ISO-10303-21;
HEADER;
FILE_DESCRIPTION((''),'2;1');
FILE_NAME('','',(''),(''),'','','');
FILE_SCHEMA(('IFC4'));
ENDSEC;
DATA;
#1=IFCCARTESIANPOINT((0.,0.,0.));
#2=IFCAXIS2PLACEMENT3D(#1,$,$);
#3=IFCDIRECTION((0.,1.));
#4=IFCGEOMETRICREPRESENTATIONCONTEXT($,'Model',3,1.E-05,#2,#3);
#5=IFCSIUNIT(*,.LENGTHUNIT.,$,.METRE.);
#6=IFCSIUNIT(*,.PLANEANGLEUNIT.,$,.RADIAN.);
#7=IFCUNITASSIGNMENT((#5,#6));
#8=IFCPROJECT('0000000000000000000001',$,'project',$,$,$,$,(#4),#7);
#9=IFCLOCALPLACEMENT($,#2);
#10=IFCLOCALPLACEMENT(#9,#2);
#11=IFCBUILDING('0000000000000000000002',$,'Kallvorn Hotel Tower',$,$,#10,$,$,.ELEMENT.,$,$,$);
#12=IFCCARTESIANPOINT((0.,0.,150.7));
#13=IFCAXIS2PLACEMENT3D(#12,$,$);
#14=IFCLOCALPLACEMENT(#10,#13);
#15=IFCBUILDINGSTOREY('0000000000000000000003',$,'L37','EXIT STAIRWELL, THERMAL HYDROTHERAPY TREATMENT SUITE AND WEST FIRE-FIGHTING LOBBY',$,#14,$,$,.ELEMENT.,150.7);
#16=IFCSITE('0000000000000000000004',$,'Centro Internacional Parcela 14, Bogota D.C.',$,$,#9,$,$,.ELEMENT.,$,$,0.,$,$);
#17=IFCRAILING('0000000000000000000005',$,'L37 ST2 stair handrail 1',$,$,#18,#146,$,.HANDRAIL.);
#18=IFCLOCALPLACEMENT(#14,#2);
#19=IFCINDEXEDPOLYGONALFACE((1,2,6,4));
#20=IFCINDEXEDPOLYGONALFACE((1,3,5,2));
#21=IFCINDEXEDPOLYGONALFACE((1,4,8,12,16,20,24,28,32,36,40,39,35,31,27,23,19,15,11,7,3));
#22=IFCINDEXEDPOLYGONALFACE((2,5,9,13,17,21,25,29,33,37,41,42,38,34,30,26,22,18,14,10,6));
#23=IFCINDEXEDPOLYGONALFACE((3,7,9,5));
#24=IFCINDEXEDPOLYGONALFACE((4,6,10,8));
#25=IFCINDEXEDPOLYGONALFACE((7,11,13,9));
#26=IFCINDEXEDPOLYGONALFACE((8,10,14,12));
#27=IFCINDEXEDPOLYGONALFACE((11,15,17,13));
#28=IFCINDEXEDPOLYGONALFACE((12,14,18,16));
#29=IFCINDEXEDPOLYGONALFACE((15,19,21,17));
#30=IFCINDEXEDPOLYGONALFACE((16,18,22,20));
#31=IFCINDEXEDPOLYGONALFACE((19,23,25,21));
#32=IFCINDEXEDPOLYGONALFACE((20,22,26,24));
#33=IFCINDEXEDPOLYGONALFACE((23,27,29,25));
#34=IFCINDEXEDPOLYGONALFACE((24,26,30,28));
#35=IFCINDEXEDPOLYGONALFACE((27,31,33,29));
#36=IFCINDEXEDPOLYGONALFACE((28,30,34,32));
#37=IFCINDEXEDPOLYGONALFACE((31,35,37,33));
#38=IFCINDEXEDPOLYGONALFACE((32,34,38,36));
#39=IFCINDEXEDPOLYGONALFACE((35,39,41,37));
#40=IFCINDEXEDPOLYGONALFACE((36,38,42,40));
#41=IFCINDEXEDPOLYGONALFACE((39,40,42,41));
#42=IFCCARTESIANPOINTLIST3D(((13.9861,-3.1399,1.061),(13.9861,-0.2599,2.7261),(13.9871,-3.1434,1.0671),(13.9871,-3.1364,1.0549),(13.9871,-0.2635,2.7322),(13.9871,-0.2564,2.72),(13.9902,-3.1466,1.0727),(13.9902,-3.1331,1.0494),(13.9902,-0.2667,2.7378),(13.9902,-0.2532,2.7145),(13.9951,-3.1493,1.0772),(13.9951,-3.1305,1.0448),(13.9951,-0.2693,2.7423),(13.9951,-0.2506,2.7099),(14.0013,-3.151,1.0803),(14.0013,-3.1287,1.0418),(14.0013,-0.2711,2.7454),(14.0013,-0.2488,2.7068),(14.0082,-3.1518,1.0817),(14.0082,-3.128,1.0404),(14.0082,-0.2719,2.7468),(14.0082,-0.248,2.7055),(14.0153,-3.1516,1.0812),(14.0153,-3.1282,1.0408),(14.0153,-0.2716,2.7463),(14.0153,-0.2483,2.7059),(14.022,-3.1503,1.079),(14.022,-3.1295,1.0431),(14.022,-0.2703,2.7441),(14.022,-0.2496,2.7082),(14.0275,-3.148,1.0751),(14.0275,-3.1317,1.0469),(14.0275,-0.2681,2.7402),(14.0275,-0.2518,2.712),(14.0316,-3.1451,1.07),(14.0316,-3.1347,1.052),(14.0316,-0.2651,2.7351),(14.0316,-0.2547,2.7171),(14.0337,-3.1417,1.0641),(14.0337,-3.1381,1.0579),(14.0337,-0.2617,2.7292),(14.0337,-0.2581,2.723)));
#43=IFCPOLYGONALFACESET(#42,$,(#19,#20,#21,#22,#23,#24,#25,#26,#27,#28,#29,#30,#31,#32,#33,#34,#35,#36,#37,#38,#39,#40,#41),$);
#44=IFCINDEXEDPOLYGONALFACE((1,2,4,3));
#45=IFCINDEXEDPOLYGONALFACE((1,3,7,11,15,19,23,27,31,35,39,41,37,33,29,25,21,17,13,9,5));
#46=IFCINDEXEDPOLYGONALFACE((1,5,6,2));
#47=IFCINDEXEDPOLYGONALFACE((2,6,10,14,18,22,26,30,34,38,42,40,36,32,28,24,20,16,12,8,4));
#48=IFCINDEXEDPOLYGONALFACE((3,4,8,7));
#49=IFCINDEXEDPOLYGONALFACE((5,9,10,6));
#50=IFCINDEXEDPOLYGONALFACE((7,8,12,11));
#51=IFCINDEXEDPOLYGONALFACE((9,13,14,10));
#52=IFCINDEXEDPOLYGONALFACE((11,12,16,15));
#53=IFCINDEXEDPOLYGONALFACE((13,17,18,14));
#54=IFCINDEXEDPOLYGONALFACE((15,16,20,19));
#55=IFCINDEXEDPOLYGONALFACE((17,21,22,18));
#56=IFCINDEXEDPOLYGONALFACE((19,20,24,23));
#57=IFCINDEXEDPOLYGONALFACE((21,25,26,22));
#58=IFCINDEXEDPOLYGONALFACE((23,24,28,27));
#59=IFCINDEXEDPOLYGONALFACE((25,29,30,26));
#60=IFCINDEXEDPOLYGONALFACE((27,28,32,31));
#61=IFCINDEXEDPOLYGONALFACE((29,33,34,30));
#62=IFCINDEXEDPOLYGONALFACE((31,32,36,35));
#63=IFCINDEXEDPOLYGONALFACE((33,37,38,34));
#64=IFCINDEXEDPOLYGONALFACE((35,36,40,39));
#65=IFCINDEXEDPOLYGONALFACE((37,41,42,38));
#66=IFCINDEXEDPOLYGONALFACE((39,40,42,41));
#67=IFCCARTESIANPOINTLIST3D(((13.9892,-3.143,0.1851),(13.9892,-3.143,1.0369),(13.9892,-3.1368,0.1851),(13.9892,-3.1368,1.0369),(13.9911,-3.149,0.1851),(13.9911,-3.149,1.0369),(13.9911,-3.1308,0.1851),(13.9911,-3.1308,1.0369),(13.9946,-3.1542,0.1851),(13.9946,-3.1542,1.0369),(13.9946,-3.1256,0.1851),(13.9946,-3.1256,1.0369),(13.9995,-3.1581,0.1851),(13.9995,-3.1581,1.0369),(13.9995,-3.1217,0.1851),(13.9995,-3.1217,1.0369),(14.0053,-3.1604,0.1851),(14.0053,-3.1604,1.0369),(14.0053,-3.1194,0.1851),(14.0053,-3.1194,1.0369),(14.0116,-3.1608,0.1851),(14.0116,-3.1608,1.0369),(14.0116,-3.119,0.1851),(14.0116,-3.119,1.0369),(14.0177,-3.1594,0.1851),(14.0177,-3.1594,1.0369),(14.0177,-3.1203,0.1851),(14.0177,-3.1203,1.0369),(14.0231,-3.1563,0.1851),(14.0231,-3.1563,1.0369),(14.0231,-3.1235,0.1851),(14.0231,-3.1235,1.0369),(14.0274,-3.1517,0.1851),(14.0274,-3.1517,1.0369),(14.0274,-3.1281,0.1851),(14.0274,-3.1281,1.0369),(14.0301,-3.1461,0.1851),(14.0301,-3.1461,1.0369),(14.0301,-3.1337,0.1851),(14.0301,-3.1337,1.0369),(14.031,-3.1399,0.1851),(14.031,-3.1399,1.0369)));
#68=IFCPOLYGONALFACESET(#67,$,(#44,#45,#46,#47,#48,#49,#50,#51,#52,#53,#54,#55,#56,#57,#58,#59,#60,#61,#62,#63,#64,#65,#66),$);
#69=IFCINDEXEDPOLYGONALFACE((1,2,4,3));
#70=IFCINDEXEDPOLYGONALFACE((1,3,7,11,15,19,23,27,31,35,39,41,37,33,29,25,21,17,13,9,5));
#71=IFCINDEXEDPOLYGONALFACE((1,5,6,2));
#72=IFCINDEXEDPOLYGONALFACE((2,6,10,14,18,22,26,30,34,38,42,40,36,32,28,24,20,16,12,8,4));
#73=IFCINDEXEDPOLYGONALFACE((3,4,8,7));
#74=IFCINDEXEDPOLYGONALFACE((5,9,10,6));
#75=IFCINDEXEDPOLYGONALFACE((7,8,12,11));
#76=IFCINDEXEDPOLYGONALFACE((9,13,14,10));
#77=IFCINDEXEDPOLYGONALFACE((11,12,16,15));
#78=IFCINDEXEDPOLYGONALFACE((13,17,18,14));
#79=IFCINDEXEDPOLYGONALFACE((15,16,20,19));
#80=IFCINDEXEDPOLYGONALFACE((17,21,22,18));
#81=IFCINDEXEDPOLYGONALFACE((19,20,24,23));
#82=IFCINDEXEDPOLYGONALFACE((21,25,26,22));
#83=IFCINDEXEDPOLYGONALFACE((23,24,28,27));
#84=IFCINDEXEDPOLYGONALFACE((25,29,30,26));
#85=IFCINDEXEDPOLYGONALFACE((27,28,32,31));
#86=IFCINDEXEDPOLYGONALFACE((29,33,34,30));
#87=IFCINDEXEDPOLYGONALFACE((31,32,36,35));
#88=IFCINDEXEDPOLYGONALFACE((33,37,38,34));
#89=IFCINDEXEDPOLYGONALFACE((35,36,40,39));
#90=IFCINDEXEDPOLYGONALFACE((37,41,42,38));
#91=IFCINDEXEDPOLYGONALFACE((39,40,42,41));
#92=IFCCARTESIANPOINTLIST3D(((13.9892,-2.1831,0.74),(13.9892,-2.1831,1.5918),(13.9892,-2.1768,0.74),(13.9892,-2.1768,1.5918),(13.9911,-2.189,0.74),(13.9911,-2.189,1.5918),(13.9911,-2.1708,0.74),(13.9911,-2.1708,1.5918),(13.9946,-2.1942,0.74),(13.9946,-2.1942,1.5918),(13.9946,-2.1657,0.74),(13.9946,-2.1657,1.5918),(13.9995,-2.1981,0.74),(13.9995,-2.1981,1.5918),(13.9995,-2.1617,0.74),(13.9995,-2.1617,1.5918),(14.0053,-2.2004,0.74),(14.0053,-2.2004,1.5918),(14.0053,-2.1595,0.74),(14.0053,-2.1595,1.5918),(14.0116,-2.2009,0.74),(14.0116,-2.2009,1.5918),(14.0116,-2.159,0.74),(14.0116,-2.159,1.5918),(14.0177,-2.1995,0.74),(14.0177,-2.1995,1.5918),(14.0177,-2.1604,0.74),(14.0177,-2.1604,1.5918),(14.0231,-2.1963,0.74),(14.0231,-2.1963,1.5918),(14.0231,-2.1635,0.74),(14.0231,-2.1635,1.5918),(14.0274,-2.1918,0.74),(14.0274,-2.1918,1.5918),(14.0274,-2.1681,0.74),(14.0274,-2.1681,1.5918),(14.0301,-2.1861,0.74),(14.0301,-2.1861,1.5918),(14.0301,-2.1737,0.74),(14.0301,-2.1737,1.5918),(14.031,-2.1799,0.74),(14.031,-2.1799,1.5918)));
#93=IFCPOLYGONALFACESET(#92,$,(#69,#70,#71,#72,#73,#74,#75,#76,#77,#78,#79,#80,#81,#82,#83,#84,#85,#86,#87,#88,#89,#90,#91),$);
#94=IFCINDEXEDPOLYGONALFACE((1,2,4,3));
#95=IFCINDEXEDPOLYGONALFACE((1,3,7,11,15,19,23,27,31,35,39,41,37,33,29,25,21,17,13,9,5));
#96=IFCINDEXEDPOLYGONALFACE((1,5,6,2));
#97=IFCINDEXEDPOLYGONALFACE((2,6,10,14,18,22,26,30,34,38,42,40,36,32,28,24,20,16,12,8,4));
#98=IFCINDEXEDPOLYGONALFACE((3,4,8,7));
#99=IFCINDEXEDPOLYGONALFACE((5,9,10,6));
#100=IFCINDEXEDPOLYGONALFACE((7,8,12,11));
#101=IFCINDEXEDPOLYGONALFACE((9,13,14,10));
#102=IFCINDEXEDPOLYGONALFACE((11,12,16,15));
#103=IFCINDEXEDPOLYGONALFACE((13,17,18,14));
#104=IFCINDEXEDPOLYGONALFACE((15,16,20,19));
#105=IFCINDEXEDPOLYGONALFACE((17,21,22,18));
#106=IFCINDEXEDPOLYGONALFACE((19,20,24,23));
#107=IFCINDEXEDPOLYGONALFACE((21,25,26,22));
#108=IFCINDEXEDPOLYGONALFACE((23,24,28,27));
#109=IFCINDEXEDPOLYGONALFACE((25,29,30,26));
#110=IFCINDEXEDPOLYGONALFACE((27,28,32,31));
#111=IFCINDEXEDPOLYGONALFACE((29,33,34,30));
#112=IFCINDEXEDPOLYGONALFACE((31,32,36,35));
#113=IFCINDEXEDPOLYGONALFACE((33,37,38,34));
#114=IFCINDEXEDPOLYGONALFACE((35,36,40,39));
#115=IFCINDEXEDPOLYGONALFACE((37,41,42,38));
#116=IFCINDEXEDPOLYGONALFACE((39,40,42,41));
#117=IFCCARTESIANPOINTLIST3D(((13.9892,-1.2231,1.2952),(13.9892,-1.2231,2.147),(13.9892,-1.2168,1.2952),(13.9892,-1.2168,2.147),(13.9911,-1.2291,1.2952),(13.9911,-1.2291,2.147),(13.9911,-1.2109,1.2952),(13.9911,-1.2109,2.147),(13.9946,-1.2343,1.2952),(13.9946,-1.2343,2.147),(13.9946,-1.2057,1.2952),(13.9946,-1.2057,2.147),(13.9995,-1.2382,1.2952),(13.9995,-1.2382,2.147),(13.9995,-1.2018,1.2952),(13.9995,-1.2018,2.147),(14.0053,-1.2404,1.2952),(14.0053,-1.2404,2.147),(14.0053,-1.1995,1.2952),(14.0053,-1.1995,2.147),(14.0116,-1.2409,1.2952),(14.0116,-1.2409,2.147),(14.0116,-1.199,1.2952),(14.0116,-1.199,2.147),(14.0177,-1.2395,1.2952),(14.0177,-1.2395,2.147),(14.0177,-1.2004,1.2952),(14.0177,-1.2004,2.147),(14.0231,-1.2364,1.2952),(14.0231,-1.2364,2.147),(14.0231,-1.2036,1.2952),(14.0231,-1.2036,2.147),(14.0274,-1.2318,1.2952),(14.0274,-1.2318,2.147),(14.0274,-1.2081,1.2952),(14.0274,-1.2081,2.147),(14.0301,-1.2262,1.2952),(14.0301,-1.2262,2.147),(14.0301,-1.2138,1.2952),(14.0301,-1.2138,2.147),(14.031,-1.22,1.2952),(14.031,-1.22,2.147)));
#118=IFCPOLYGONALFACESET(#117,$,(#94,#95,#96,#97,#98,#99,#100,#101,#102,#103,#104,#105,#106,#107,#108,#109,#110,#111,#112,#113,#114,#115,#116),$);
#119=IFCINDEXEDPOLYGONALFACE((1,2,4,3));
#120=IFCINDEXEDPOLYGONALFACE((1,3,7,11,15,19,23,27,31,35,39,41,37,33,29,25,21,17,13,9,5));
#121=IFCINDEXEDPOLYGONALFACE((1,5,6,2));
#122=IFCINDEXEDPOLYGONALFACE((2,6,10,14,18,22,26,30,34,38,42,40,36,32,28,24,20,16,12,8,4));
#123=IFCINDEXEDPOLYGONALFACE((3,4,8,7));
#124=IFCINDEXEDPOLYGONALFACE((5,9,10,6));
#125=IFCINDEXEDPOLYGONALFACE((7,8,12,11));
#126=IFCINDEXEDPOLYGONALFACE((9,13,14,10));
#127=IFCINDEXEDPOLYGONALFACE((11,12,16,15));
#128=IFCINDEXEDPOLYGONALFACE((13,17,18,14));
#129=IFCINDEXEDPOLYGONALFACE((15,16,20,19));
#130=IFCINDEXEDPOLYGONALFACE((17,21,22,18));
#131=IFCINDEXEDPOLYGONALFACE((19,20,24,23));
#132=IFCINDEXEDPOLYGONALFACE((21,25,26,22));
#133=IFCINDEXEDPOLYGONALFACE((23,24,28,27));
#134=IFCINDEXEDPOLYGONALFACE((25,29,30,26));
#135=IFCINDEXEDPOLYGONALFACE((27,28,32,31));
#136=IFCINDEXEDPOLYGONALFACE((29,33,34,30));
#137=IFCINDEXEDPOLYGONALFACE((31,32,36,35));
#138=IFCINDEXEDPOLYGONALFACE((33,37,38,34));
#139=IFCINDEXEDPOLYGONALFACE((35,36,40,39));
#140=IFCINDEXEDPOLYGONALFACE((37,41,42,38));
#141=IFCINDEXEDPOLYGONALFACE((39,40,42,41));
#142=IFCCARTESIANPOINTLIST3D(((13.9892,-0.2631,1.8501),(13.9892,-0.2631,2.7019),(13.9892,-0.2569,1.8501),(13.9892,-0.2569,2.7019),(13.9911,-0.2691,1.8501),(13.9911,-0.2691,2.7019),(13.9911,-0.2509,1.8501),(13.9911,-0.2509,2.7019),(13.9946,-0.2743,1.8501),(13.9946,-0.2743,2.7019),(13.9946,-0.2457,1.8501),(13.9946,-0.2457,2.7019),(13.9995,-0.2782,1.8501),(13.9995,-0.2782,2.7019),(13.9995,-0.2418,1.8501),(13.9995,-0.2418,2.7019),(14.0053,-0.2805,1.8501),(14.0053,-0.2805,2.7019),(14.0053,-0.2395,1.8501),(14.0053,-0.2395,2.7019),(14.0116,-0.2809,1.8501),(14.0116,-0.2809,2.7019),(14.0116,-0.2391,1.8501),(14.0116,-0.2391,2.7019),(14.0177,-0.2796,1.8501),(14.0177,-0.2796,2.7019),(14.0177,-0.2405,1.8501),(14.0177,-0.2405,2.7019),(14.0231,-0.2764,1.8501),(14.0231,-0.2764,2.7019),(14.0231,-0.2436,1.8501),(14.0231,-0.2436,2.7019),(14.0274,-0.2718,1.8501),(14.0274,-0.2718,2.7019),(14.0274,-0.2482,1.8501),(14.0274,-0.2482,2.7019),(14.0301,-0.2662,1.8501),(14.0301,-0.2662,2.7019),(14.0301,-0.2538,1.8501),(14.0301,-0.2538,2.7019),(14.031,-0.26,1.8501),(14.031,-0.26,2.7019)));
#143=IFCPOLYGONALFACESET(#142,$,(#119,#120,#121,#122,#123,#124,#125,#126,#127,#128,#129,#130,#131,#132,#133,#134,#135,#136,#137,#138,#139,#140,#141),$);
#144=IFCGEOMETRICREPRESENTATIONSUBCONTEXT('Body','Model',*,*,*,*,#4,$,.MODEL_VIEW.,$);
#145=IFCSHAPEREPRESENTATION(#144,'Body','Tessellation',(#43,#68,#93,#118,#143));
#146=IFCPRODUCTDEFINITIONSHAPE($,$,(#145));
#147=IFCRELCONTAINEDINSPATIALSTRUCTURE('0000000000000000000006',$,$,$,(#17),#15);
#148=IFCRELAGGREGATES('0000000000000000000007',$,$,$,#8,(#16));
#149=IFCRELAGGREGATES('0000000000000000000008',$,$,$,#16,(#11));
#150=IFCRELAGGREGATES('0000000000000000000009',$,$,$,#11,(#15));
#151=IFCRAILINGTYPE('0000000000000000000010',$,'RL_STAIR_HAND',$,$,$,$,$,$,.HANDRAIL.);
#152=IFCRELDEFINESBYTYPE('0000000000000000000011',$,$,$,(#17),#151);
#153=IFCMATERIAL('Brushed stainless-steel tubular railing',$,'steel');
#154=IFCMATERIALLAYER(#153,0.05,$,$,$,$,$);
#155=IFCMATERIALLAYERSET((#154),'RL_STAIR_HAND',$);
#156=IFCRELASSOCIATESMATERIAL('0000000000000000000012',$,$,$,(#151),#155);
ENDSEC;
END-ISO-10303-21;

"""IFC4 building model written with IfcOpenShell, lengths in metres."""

from ifc_helpers import new_model, si_unit, direction, frame, origin, origin_2d, place, context, subcontext, project, spatial, circle, extrude, material, layer, layer_set, type_object, element, save


model = new_model("IFC4")

# Units and contexts
model_context = context("Model", 3, precision=1e-05, world=origin(), true_north=direction((0.0, 1.0)))
body_context = subcontext(model_context, "Body", "Model", "MODEL_VIEW")
ifc_project = project(units=[si_unit("LENGTHUNIT", "METRE"), si_unit("PLANEANGLEUNIT", "RADIAN")], contexts=[model_context])

# Site, building, storey
site_placement = place(None, origin())
site = spatial("IfcSite", under=ifc_project, at=site_placement, Name="Centro Internacional Parcela 14, Bogota D.C.", CompositionType="ELEMENT", RefElevation=0.0)
building_placement = place(site_placement, origin())
building = spatial("IfcBuilding", under=site, at=building_placement, Name="Kallvorn Hotel Tower", CompositionType="ELEMENT")
storey_placement = place(building_placement, frame((0.0, 0.0, 150.7)))
storey = spatial("IfcBuildingStorey", under=building, at=storey_placement, Name="L37", Description="EXIT STAIRWELL, THERMAL HYDROTHERAPY TREATMENT SUITE AND WEST FIRE-FIGHTING LOBBY", CompositionType="ELEMENT", Elevation=150.7)

# Railing
ifc_material_1 = material(Name="Brushed stainless-steel tubular railing", Category="steel")
ifc_layer_1 = layer(ifc_material_1, 0.05)
ifc_layer_set_1 = layer_set([ifc_layer_1], Name="RL_STAIR_HAND")
railing_type_1 = type_object("IfcRailingType", Name="RL_STAIR_HAND", PredefinedType="HANDRAIL", material=ifc_layer_set_1)
railing_1_placement = place(storey_placement, frame((14.01, -3.1399, 0.1851)))
element("IfcRailing", 1, at=railing_1_placement, inside=storey, type_object=railing_type_1, Name="L37 ST2 stair handrail 1", PredefinedType="HANDRAIL", context=body_context, shape_type="SweptSolid", body=[
    extrude(circle(Radius=0.0239, at=origin_2d()), frame((0.0, 0.0, 0.876), z_axis=(0.0, 0.865721, 0.500527), x_axis=(-1.0, 0.0, 0.0)), (0.0, 0.0, 1.0), 3.3267),
    extrude(circle(Radius=0.021, at=origin_2d()), origin(), (0.0, 0.0, 1.0), 0.8518),
    extrude(circle(Radius=0.021, at=origin_2d()), frame((0.0, 0.96, 0.5549)), (0.0, 0.0, 1.0), 0.8518),
    extrude(circle(Radius=0.021, at=origin_2d()), frame((0.0, 1.9199, 1.1101)), (0.0, 0.0, 1.0), 0.8518),
    extrude(circle(Radius=0.021, at=origin_2d()), frame((0.0, 2.8799, 1.665)), (0.0, 0.0, 1.0), 0.8518),
])

save(model, "model.ifc")
